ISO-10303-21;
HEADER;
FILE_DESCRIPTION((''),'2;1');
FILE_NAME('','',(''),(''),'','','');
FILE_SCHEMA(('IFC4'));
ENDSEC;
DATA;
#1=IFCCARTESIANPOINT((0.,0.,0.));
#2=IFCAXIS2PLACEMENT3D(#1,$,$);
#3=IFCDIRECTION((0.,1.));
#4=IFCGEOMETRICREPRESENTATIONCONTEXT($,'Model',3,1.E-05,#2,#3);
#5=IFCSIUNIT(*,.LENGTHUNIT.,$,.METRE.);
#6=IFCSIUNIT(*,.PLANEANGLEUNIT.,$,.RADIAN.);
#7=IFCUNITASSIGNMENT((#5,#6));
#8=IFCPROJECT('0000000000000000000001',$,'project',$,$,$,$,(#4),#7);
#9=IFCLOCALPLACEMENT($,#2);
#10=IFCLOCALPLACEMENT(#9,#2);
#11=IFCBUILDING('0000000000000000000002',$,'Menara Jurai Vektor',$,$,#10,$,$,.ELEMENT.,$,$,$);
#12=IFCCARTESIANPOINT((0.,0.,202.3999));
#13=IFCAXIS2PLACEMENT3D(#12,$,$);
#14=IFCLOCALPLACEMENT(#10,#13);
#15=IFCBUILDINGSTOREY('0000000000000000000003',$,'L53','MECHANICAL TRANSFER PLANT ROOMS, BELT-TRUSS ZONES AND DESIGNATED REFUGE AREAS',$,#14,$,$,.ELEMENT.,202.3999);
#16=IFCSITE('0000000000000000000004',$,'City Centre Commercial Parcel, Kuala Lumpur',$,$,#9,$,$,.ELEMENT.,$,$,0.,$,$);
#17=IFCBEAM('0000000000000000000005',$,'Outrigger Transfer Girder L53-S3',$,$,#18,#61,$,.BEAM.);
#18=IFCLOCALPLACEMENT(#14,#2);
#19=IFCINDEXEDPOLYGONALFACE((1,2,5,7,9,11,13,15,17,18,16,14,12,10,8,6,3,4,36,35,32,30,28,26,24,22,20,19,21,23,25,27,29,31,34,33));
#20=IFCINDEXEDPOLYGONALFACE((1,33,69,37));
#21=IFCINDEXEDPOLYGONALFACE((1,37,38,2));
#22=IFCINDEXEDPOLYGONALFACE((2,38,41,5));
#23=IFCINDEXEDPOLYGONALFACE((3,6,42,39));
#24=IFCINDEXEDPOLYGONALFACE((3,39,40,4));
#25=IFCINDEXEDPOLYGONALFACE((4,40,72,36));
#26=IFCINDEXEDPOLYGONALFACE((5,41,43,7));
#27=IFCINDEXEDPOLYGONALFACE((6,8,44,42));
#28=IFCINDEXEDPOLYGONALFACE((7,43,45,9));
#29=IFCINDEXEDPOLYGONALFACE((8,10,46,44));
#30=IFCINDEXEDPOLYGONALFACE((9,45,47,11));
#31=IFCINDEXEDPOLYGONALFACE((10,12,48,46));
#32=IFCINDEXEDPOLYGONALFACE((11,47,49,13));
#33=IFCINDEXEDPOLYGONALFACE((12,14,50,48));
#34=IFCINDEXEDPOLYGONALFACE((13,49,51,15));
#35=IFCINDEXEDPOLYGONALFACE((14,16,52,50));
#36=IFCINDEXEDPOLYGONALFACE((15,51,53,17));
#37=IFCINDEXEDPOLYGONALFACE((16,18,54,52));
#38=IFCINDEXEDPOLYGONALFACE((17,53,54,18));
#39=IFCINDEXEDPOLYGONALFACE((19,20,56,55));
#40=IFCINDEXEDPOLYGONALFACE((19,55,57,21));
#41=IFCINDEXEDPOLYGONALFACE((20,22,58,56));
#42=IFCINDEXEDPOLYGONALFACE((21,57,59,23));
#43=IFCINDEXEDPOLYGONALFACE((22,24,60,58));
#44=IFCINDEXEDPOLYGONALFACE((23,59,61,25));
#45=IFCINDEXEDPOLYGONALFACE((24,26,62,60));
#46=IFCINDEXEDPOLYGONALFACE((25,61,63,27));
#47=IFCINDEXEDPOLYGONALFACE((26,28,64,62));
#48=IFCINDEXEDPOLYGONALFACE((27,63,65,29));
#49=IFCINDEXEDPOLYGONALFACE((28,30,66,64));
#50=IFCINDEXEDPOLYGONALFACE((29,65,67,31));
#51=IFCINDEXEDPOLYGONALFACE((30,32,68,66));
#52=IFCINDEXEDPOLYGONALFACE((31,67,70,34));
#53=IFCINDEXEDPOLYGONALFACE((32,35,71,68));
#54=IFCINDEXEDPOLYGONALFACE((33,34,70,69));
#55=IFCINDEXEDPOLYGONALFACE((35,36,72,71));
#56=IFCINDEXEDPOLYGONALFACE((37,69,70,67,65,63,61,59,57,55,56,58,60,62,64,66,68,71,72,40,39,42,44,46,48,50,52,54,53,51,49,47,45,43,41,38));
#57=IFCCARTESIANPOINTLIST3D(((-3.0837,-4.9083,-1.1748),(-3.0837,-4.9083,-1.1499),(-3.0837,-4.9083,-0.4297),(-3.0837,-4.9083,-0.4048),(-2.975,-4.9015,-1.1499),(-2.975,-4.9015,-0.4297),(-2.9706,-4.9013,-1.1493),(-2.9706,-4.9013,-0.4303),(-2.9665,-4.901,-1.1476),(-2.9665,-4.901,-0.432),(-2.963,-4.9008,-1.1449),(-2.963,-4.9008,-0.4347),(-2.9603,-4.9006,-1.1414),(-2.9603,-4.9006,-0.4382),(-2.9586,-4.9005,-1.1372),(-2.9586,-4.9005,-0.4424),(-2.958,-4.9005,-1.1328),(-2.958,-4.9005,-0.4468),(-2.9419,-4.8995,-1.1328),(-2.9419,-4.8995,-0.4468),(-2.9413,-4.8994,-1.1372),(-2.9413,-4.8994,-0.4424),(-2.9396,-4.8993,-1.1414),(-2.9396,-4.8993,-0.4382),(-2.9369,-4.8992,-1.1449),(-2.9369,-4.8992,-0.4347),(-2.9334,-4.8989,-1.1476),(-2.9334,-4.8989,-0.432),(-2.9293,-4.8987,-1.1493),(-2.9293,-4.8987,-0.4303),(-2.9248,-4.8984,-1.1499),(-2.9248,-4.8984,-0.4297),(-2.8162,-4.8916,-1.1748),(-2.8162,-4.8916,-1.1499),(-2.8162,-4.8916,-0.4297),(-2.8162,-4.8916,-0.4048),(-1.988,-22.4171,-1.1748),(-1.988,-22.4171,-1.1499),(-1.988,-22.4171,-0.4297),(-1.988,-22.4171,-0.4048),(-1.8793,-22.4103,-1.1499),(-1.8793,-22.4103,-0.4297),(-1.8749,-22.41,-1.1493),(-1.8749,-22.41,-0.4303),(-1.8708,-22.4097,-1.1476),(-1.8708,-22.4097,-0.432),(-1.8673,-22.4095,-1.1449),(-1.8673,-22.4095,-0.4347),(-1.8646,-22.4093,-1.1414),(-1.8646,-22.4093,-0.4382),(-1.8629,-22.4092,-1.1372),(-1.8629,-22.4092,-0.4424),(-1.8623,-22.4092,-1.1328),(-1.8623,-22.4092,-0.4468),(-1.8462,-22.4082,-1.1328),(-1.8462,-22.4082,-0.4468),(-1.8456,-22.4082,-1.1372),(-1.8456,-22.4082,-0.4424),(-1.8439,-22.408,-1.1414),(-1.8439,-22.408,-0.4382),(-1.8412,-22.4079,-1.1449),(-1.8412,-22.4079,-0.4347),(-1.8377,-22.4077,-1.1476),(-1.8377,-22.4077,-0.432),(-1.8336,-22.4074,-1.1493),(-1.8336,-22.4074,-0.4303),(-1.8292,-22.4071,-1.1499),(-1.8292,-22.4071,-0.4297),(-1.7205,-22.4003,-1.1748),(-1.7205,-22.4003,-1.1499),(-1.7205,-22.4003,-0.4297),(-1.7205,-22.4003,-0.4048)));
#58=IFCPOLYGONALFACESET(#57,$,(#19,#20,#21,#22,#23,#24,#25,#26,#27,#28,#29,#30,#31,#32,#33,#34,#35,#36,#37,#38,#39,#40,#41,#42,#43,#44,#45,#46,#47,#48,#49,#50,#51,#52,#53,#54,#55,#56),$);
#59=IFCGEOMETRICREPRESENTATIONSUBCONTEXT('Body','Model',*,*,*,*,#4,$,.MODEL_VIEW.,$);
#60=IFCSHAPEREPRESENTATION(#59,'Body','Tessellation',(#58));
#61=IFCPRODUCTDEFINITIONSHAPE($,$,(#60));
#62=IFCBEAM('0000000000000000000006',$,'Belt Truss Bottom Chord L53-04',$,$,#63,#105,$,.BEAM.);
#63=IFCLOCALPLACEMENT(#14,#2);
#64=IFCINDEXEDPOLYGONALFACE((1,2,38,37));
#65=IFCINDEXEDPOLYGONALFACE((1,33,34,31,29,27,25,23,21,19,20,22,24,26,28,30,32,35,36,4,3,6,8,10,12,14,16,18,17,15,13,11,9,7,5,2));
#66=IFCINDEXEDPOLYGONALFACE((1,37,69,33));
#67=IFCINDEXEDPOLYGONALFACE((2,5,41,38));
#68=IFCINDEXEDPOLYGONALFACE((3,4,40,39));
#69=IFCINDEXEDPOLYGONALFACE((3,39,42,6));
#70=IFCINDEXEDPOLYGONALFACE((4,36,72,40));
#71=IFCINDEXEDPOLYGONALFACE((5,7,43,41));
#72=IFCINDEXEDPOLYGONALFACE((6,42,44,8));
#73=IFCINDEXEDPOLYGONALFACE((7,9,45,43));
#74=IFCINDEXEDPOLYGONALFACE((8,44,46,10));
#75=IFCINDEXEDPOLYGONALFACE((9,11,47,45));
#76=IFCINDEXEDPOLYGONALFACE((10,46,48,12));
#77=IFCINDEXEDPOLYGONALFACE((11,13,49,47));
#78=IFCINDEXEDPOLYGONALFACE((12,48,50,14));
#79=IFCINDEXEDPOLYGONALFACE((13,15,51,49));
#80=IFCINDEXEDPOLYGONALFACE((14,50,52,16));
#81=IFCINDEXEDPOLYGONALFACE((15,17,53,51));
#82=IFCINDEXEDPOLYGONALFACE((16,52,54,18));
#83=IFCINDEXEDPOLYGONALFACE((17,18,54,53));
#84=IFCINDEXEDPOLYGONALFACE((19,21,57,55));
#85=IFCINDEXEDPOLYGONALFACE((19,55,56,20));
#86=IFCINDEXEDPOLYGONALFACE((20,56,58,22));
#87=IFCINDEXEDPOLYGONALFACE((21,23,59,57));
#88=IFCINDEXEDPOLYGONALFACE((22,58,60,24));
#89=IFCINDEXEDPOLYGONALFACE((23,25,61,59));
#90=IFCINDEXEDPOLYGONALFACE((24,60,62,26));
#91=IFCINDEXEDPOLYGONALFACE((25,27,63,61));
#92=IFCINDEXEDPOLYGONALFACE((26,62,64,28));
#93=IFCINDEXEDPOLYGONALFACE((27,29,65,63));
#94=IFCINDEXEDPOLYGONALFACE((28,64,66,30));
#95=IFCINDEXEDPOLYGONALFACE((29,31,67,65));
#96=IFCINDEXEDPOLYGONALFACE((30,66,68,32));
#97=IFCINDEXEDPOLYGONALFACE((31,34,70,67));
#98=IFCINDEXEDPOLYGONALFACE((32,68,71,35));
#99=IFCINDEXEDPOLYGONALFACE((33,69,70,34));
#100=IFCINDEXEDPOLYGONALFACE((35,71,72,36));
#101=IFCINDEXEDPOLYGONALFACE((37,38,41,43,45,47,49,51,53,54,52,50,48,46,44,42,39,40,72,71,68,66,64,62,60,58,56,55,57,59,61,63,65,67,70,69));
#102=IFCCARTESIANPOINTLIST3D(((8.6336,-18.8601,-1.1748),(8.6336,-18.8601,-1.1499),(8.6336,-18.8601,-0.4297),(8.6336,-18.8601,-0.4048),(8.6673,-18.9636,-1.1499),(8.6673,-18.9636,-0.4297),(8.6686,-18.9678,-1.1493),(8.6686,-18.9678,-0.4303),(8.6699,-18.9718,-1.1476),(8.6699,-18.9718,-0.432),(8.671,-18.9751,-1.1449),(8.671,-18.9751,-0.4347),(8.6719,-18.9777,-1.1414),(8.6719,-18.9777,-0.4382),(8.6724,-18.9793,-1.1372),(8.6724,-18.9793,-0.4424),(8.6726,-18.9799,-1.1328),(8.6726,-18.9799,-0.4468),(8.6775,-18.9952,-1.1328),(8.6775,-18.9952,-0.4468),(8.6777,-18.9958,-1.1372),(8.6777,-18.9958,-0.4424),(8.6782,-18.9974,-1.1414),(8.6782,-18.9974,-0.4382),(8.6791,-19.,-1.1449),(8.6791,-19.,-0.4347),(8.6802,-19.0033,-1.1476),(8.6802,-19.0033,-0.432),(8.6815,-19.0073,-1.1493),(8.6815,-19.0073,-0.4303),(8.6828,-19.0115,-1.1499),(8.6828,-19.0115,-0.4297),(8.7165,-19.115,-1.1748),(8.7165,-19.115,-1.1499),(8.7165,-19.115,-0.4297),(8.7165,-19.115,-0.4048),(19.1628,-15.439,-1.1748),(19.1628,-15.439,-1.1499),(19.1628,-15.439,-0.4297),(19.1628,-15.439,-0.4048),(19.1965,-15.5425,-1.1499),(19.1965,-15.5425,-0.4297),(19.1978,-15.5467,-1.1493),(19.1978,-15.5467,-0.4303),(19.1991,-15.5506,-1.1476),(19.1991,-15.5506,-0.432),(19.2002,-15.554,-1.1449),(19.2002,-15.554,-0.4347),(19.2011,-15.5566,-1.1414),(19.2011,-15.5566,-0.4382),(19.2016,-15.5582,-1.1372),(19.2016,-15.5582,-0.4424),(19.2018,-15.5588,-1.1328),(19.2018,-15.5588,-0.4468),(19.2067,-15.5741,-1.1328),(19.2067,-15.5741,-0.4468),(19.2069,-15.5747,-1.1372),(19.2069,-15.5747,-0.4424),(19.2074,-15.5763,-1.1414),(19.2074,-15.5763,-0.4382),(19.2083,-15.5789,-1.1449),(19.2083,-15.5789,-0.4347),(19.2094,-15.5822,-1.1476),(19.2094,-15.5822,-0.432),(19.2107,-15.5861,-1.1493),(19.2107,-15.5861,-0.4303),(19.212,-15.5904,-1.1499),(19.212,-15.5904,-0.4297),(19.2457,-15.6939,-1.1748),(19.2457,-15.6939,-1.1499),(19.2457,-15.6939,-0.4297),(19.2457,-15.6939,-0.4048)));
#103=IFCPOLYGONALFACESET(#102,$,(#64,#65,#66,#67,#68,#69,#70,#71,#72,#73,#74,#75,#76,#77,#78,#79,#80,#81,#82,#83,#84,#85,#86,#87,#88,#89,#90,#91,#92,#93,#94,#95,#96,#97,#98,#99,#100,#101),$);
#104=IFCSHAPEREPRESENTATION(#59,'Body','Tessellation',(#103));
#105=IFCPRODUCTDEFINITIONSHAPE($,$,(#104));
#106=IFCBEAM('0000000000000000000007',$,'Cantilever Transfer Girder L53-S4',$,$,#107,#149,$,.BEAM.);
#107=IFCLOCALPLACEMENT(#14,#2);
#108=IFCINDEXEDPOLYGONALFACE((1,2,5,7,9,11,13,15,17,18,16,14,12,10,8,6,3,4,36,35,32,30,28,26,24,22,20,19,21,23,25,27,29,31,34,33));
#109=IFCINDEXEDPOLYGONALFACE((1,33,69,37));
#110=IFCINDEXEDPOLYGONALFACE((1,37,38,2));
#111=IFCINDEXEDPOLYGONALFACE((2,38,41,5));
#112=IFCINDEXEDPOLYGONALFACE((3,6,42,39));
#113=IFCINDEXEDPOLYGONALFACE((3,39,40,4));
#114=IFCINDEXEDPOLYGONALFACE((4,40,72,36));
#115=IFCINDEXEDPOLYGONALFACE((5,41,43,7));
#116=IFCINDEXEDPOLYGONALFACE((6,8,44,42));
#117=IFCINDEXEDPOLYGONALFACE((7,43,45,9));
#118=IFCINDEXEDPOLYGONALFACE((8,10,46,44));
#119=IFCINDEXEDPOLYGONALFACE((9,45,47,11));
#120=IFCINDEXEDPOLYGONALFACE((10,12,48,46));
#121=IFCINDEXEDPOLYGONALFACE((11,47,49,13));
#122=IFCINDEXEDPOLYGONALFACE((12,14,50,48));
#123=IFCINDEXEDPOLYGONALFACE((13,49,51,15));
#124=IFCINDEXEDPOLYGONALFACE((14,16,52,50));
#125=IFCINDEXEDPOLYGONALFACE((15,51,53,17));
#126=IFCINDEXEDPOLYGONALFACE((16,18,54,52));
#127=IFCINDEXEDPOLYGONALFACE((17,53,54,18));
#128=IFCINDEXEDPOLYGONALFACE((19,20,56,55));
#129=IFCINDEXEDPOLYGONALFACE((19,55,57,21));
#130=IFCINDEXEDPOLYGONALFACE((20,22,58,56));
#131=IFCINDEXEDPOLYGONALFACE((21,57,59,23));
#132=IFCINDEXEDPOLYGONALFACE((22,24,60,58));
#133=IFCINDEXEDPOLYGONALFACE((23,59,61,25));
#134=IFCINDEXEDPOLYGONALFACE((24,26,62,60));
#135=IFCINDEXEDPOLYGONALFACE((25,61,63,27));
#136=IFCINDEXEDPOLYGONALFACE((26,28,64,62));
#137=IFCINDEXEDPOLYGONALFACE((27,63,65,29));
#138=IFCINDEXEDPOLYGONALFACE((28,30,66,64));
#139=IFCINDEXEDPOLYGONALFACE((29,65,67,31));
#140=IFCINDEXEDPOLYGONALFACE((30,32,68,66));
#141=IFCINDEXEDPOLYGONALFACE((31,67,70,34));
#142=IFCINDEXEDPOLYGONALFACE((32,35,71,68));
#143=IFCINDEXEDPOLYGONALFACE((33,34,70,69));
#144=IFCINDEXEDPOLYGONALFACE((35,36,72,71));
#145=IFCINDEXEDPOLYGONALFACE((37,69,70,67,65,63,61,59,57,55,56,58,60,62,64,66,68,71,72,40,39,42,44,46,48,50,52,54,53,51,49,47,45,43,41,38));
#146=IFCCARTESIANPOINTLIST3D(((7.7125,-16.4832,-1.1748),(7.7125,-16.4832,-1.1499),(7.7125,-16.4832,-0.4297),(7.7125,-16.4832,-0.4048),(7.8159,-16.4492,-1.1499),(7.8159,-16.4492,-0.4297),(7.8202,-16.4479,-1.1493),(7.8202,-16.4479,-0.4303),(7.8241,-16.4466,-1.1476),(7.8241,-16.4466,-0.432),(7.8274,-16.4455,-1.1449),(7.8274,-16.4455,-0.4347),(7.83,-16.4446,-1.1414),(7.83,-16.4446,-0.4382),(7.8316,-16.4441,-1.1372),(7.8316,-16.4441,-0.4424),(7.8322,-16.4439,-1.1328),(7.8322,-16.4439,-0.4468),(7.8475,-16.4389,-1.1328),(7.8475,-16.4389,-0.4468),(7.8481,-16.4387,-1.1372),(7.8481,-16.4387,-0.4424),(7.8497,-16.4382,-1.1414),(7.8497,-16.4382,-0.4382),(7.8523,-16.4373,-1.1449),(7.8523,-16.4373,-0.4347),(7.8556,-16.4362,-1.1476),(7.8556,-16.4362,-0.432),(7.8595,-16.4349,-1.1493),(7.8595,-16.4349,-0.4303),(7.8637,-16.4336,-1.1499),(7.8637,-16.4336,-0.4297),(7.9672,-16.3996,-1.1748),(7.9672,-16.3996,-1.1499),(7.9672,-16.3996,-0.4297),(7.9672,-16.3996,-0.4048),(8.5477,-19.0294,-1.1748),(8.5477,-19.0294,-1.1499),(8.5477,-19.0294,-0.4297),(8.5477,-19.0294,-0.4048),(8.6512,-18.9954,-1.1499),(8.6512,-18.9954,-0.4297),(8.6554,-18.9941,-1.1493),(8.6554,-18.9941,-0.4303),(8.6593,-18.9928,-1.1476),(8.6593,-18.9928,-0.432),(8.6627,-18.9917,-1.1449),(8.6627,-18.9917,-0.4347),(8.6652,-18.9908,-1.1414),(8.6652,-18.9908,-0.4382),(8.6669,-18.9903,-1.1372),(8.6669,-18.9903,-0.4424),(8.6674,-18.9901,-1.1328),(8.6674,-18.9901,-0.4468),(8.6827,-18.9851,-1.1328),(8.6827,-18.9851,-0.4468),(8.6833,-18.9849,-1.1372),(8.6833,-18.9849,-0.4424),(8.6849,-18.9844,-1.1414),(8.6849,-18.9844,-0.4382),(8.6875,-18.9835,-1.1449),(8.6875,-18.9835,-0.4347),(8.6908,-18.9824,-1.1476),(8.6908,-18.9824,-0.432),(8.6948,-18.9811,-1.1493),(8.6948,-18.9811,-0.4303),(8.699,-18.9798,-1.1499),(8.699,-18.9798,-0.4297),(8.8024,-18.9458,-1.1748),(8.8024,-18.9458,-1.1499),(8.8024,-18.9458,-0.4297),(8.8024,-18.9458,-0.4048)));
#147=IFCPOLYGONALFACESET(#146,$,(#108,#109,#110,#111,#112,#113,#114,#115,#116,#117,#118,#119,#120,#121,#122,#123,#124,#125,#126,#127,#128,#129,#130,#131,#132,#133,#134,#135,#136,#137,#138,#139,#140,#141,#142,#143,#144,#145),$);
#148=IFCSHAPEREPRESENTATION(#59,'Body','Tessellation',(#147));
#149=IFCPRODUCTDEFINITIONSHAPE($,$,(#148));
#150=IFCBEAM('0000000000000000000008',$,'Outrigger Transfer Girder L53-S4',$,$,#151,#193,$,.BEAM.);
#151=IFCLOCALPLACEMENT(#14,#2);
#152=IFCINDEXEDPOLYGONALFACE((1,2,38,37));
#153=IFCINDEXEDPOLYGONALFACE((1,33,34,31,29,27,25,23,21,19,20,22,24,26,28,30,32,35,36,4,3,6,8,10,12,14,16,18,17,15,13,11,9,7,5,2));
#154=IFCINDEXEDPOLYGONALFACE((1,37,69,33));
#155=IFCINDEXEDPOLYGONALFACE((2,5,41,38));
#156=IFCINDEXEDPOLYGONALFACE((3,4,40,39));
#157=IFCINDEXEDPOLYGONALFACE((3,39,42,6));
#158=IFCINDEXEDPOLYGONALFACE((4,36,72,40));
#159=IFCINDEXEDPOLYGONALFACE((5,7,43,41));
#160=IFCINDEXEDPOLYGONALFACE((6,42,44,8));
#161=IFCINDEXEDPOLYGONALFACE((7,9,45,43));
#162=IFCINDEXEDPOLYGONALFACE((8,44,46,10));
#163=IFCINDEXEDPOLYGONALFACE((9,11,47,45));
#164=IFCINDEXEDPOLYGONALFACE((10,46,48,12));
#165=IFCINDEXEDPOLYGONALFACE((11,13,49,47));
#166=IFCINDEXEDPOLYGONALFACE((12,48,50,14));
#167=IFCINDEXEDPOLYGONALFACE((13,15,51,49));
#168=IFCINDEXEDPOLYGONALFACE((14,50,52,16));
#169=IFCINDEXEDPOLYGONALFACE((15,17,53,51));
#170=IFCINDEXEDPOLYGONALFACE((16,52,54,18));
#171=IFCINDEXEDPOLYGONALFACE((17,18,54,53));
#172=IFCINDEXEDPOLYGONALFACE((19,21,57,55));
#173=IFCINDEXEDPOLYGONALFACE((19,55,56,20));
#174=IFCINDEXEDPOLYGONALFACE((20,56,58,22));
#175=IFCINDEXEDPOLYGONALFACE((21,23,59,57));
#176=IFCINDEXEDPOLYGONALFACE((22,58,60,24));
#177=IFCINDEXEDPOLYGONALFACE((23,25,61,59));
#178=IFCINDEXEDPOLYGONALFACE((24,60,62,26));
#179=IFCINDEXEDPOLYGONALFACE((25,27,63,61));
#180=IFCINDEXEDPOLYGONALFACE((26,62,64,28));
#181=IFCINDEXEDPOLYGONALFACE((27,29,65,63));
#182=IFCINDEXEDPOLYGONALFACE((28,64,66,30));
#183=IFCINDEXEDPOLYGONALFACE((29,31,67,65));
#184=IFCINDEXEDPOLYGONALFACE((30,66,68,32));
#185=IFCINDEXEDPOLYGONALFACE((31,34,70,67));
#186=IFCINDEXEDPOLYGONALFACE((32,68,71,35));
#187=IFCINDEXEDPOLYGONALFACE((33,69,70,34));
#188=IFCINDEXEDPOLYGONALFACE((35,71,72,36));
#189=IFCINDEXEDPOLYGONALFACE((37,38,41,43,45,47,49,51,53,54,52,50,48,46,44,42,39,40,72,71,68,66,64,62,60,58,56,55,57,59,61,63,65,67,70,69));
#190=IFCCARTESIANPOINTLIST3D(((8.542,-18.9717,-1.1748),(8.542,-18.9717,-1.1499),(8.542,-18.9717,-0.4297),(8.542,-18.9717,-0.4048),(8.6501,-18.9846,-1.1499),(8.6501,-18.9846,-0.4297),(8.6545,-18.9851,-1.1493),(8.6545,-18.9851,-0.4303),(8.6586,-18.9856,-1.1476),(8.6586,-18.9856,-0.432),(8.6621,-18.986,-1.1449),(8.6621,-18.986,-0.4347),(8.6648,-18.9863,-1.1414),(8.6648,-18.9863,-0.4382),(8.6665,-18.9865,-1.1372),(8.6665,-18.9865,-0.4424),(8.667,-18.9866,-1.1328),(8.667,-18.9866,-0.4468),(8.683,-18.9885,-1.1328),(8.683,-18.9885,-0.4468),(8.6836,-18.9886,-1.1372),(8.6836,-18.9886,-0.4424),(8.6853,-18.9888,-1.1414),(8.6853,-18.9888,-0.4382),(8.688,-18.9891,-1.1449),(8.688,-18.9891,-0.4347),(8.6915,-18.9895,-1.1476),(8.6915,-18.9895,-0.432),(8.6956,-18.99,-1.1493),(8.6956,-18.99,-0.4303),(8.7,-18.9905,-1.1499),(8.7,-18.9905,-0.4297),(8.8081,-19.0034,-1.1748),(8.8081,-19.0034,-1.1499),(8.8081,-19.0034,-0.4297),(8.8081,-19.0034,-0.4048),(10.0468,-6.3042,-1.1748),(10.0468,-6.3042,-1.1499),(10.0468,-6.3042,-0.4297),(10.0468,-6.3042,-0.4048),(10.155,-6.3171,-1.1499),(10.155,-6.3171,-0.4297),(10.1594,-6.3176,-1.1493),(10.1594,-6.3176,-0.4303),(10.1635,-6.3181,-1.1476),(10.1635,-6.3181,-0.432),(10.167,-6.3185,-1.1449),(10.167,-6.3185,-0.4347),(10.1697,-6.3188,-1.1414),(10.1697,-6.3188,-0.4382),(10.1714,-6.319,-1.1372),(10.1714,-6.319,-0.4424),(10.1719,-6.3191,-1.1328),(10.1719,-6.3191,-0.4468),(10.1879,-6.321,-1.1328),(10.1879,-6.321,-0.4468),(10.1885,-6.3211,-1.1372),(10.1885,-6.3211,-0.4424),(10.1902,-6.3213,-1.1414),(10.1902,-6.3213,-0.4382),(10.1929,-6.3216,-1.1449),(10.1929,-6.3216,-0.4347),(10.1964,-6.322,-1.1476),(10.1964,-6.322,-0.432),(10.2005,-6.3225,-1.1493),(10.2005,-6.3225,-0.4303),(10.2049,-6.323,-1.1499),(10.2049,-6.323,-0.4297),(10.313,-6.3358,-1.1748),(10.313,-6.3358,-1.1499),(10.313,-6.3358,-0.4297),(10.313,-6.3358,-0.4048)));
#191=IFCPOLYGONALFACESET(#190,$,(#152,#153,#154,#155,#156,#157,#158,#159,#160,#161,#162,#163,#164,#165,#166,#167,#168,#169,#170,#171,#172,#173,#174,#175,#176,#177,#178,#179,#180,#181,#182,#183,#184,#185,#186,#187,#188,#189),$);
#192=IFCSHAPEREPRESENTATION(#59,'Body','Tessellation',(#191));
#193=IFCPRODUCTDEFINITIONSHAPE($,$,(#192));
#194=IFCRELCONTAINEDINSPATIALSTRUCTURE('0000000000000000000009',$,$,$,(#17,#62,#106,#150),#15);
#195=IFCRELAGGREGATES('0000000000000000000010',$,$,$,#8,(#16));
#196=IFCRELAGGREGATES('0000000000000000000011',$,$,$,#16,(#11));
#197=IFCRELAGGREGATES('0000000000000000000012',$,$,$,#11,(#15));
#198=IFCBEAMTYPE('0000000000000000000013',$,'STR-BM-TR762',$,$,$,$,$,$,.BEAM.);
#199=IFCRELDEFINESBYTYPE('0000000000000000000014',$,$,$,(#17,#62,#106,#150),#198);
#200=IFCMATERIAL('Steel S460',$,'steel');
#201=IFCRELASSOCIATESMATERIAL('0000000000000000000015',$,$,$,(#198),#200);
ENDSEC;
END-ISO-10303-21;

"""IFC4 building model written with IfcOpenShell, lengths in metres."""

from ifc_helpers import new_model, si_unit, direction, frame, origin, origin_2d, place, context, subcontext, project, spatial, i_section, extrude, material, material_profile, profile_set, type_object, element, save


model = new_model("IFC4")

# Units and contexts
model_context = context("Model", 3, precision=1e-05, world=origin(), true_north=direction((0.0, 1.0)))
body_context = subcontext(model_context, "Body", "Model", "MODEL_VIEW")
ifc_project = project(units=[si_unit("LENGTHUNIT", "METRE"), si_unit("PLANEANGLEUNIT", "RADIAN")], contexts=[model_context])

# Site, building, storey
site_placement = place(None, origin())
site = spatial("IfcSite", under=ifc_project, at=site_placement, Name="City Centre Commercial Parcel, Kuala Lumpur", CompositionType="ELEMENT", RefElevation=0.0)
building_placement = place(site_placement, origin())
building = spatial("IfcBuilding", under=site, at=building_placement, Name="Menara Jurai Vektor", CompositionType="ELEMENT")
storey_placement = place(building_placement, frame((0.0, 0.0, 202.3999)))
storey = spatial("IfcBuildingStorey", under=building, at=storey_placement, Name="L53", Description="MECHANICAL TRANSFER PLANT ROOMS, BELT-TRUSS ZONES AND DESIGNATED REFUGE AREAS", CompositionType="ELEMENT", Elevation=202.3999)

# Shared definitions
ifc_material_1 = material(Name="Steel S460", Category="steel")

# Beams
ifc_material_profile_1 = material_profile(ifc_material_1, i_section(OverallWidth=0.2681, OverallDepth=0.77, WebThickness=0.0161, FlangeThickness=0.0249, FilletRadius=0.0171, at=origin_2d()), Name="UKB 762x267x197")
ifc_profile_set_1 = profile_set([ifc_material_profile_1], Name="Steel S460")
beam_type_1 = type_object("IfcBeamType", Name="STR-BM-TR762", PredefinedType="BEAM", material=ifc_profile_set_1)
beam_1_placement = place(storey_placement, frame((-1.8542, -22.4087, -0.7898), z_axis=(-0.062458, 0.998048, 0.0), x_axis=(-0.998048, -0.062458, 0.0)))
element("IfcBeam", 1, at=beam_1_placement, inside=storey, type_object=beam_type_1, Name="Outrigger Transfer Girder L53-S3", PredefinedType="BEAM", context=body_context, shape_type="SweptSolid", body=[
    extrude(i_section(OverallWidth=0.2681, OverallDepth=0.77, WebThickness=0.0161, FlangeThickness=0.0249, FilletRadius=0.0171, at=origin_2d()), origin(), (0.0, 0.0, 1.0), 17.543),
])
beam_2_placement = place(storey_placement, frame((8.675, -18.9875, -0.7898), z_axis=(0.951057, 0.309014, 0.0), x_axis=(-0.309014, 0.951057, 0.0)))
element("IfcBeam", 2, at=beam_2_placement, inside=storey, type_object=beam_type_1, Name="Belt Truss Bottom Chord L53-04", PredefinedType="BEAM", context=body_context, shape_type="SweptSolid", body=[
    extrude(i_section(OverallWidth=0.2681, OverallDepth=0.77, WebThickness=0.0161, FlangeThickness=0.0249, FilletRadius=0.0171, at=origin_2d()), origin(), (0.0, 0.0, 1.0), 11.071),
])
beam_3_placement = place(storey_placement, frame((7.8398, -16.4414, -0.7898), z_axis=(0.311687, -0.950185, 0.0), x_axis=(0.950185, 0.311687, 0.0)))
element("IfcBeam", 3, at=beam_3_placement, inside=storey, type_object=beam_type_1, Name="Cantilever Transfer Girder L53-S4", PredefinedType="BEAM", context=body_context, shape_type="SweptSolid", body=[
    extrude(i_section(OverallWidth=0.2681, OverallDepth=0.77, WebThickness=0.0161, FlangeThickness=0.0249, FilletRadius=0.0171, at=origin_2d()), origin(), (0.0, 0.0, 1.0), 2.6797),
])
beam_4_placement = place(storey_placement, frame((8.675, -18.9875, -0.7898), z_axis=(0.117969, 0.993017, 0.0), x_axis=(-0.993017, 0.117969, 0.0)))
element("IfcBeam", 4, at=beam_4_placement, inside=storey, type_object=beam_type_1, Name="Outrigger Transfer Girder L53-S4", PredefinedType="BEAM", context=body_context, shape_type="SweptSolid", body=[
    extrude(i_section(OverallWidth=0.2681, OverallDepth=0.77, WebThickness=0.0161, FlangeThickness=0.0249, FilletRadius=0.0171, at=origin_2d()), origin(), (0.0, 0.0, 1.0), 12.7566),
])

save(model, "model.ifc")
